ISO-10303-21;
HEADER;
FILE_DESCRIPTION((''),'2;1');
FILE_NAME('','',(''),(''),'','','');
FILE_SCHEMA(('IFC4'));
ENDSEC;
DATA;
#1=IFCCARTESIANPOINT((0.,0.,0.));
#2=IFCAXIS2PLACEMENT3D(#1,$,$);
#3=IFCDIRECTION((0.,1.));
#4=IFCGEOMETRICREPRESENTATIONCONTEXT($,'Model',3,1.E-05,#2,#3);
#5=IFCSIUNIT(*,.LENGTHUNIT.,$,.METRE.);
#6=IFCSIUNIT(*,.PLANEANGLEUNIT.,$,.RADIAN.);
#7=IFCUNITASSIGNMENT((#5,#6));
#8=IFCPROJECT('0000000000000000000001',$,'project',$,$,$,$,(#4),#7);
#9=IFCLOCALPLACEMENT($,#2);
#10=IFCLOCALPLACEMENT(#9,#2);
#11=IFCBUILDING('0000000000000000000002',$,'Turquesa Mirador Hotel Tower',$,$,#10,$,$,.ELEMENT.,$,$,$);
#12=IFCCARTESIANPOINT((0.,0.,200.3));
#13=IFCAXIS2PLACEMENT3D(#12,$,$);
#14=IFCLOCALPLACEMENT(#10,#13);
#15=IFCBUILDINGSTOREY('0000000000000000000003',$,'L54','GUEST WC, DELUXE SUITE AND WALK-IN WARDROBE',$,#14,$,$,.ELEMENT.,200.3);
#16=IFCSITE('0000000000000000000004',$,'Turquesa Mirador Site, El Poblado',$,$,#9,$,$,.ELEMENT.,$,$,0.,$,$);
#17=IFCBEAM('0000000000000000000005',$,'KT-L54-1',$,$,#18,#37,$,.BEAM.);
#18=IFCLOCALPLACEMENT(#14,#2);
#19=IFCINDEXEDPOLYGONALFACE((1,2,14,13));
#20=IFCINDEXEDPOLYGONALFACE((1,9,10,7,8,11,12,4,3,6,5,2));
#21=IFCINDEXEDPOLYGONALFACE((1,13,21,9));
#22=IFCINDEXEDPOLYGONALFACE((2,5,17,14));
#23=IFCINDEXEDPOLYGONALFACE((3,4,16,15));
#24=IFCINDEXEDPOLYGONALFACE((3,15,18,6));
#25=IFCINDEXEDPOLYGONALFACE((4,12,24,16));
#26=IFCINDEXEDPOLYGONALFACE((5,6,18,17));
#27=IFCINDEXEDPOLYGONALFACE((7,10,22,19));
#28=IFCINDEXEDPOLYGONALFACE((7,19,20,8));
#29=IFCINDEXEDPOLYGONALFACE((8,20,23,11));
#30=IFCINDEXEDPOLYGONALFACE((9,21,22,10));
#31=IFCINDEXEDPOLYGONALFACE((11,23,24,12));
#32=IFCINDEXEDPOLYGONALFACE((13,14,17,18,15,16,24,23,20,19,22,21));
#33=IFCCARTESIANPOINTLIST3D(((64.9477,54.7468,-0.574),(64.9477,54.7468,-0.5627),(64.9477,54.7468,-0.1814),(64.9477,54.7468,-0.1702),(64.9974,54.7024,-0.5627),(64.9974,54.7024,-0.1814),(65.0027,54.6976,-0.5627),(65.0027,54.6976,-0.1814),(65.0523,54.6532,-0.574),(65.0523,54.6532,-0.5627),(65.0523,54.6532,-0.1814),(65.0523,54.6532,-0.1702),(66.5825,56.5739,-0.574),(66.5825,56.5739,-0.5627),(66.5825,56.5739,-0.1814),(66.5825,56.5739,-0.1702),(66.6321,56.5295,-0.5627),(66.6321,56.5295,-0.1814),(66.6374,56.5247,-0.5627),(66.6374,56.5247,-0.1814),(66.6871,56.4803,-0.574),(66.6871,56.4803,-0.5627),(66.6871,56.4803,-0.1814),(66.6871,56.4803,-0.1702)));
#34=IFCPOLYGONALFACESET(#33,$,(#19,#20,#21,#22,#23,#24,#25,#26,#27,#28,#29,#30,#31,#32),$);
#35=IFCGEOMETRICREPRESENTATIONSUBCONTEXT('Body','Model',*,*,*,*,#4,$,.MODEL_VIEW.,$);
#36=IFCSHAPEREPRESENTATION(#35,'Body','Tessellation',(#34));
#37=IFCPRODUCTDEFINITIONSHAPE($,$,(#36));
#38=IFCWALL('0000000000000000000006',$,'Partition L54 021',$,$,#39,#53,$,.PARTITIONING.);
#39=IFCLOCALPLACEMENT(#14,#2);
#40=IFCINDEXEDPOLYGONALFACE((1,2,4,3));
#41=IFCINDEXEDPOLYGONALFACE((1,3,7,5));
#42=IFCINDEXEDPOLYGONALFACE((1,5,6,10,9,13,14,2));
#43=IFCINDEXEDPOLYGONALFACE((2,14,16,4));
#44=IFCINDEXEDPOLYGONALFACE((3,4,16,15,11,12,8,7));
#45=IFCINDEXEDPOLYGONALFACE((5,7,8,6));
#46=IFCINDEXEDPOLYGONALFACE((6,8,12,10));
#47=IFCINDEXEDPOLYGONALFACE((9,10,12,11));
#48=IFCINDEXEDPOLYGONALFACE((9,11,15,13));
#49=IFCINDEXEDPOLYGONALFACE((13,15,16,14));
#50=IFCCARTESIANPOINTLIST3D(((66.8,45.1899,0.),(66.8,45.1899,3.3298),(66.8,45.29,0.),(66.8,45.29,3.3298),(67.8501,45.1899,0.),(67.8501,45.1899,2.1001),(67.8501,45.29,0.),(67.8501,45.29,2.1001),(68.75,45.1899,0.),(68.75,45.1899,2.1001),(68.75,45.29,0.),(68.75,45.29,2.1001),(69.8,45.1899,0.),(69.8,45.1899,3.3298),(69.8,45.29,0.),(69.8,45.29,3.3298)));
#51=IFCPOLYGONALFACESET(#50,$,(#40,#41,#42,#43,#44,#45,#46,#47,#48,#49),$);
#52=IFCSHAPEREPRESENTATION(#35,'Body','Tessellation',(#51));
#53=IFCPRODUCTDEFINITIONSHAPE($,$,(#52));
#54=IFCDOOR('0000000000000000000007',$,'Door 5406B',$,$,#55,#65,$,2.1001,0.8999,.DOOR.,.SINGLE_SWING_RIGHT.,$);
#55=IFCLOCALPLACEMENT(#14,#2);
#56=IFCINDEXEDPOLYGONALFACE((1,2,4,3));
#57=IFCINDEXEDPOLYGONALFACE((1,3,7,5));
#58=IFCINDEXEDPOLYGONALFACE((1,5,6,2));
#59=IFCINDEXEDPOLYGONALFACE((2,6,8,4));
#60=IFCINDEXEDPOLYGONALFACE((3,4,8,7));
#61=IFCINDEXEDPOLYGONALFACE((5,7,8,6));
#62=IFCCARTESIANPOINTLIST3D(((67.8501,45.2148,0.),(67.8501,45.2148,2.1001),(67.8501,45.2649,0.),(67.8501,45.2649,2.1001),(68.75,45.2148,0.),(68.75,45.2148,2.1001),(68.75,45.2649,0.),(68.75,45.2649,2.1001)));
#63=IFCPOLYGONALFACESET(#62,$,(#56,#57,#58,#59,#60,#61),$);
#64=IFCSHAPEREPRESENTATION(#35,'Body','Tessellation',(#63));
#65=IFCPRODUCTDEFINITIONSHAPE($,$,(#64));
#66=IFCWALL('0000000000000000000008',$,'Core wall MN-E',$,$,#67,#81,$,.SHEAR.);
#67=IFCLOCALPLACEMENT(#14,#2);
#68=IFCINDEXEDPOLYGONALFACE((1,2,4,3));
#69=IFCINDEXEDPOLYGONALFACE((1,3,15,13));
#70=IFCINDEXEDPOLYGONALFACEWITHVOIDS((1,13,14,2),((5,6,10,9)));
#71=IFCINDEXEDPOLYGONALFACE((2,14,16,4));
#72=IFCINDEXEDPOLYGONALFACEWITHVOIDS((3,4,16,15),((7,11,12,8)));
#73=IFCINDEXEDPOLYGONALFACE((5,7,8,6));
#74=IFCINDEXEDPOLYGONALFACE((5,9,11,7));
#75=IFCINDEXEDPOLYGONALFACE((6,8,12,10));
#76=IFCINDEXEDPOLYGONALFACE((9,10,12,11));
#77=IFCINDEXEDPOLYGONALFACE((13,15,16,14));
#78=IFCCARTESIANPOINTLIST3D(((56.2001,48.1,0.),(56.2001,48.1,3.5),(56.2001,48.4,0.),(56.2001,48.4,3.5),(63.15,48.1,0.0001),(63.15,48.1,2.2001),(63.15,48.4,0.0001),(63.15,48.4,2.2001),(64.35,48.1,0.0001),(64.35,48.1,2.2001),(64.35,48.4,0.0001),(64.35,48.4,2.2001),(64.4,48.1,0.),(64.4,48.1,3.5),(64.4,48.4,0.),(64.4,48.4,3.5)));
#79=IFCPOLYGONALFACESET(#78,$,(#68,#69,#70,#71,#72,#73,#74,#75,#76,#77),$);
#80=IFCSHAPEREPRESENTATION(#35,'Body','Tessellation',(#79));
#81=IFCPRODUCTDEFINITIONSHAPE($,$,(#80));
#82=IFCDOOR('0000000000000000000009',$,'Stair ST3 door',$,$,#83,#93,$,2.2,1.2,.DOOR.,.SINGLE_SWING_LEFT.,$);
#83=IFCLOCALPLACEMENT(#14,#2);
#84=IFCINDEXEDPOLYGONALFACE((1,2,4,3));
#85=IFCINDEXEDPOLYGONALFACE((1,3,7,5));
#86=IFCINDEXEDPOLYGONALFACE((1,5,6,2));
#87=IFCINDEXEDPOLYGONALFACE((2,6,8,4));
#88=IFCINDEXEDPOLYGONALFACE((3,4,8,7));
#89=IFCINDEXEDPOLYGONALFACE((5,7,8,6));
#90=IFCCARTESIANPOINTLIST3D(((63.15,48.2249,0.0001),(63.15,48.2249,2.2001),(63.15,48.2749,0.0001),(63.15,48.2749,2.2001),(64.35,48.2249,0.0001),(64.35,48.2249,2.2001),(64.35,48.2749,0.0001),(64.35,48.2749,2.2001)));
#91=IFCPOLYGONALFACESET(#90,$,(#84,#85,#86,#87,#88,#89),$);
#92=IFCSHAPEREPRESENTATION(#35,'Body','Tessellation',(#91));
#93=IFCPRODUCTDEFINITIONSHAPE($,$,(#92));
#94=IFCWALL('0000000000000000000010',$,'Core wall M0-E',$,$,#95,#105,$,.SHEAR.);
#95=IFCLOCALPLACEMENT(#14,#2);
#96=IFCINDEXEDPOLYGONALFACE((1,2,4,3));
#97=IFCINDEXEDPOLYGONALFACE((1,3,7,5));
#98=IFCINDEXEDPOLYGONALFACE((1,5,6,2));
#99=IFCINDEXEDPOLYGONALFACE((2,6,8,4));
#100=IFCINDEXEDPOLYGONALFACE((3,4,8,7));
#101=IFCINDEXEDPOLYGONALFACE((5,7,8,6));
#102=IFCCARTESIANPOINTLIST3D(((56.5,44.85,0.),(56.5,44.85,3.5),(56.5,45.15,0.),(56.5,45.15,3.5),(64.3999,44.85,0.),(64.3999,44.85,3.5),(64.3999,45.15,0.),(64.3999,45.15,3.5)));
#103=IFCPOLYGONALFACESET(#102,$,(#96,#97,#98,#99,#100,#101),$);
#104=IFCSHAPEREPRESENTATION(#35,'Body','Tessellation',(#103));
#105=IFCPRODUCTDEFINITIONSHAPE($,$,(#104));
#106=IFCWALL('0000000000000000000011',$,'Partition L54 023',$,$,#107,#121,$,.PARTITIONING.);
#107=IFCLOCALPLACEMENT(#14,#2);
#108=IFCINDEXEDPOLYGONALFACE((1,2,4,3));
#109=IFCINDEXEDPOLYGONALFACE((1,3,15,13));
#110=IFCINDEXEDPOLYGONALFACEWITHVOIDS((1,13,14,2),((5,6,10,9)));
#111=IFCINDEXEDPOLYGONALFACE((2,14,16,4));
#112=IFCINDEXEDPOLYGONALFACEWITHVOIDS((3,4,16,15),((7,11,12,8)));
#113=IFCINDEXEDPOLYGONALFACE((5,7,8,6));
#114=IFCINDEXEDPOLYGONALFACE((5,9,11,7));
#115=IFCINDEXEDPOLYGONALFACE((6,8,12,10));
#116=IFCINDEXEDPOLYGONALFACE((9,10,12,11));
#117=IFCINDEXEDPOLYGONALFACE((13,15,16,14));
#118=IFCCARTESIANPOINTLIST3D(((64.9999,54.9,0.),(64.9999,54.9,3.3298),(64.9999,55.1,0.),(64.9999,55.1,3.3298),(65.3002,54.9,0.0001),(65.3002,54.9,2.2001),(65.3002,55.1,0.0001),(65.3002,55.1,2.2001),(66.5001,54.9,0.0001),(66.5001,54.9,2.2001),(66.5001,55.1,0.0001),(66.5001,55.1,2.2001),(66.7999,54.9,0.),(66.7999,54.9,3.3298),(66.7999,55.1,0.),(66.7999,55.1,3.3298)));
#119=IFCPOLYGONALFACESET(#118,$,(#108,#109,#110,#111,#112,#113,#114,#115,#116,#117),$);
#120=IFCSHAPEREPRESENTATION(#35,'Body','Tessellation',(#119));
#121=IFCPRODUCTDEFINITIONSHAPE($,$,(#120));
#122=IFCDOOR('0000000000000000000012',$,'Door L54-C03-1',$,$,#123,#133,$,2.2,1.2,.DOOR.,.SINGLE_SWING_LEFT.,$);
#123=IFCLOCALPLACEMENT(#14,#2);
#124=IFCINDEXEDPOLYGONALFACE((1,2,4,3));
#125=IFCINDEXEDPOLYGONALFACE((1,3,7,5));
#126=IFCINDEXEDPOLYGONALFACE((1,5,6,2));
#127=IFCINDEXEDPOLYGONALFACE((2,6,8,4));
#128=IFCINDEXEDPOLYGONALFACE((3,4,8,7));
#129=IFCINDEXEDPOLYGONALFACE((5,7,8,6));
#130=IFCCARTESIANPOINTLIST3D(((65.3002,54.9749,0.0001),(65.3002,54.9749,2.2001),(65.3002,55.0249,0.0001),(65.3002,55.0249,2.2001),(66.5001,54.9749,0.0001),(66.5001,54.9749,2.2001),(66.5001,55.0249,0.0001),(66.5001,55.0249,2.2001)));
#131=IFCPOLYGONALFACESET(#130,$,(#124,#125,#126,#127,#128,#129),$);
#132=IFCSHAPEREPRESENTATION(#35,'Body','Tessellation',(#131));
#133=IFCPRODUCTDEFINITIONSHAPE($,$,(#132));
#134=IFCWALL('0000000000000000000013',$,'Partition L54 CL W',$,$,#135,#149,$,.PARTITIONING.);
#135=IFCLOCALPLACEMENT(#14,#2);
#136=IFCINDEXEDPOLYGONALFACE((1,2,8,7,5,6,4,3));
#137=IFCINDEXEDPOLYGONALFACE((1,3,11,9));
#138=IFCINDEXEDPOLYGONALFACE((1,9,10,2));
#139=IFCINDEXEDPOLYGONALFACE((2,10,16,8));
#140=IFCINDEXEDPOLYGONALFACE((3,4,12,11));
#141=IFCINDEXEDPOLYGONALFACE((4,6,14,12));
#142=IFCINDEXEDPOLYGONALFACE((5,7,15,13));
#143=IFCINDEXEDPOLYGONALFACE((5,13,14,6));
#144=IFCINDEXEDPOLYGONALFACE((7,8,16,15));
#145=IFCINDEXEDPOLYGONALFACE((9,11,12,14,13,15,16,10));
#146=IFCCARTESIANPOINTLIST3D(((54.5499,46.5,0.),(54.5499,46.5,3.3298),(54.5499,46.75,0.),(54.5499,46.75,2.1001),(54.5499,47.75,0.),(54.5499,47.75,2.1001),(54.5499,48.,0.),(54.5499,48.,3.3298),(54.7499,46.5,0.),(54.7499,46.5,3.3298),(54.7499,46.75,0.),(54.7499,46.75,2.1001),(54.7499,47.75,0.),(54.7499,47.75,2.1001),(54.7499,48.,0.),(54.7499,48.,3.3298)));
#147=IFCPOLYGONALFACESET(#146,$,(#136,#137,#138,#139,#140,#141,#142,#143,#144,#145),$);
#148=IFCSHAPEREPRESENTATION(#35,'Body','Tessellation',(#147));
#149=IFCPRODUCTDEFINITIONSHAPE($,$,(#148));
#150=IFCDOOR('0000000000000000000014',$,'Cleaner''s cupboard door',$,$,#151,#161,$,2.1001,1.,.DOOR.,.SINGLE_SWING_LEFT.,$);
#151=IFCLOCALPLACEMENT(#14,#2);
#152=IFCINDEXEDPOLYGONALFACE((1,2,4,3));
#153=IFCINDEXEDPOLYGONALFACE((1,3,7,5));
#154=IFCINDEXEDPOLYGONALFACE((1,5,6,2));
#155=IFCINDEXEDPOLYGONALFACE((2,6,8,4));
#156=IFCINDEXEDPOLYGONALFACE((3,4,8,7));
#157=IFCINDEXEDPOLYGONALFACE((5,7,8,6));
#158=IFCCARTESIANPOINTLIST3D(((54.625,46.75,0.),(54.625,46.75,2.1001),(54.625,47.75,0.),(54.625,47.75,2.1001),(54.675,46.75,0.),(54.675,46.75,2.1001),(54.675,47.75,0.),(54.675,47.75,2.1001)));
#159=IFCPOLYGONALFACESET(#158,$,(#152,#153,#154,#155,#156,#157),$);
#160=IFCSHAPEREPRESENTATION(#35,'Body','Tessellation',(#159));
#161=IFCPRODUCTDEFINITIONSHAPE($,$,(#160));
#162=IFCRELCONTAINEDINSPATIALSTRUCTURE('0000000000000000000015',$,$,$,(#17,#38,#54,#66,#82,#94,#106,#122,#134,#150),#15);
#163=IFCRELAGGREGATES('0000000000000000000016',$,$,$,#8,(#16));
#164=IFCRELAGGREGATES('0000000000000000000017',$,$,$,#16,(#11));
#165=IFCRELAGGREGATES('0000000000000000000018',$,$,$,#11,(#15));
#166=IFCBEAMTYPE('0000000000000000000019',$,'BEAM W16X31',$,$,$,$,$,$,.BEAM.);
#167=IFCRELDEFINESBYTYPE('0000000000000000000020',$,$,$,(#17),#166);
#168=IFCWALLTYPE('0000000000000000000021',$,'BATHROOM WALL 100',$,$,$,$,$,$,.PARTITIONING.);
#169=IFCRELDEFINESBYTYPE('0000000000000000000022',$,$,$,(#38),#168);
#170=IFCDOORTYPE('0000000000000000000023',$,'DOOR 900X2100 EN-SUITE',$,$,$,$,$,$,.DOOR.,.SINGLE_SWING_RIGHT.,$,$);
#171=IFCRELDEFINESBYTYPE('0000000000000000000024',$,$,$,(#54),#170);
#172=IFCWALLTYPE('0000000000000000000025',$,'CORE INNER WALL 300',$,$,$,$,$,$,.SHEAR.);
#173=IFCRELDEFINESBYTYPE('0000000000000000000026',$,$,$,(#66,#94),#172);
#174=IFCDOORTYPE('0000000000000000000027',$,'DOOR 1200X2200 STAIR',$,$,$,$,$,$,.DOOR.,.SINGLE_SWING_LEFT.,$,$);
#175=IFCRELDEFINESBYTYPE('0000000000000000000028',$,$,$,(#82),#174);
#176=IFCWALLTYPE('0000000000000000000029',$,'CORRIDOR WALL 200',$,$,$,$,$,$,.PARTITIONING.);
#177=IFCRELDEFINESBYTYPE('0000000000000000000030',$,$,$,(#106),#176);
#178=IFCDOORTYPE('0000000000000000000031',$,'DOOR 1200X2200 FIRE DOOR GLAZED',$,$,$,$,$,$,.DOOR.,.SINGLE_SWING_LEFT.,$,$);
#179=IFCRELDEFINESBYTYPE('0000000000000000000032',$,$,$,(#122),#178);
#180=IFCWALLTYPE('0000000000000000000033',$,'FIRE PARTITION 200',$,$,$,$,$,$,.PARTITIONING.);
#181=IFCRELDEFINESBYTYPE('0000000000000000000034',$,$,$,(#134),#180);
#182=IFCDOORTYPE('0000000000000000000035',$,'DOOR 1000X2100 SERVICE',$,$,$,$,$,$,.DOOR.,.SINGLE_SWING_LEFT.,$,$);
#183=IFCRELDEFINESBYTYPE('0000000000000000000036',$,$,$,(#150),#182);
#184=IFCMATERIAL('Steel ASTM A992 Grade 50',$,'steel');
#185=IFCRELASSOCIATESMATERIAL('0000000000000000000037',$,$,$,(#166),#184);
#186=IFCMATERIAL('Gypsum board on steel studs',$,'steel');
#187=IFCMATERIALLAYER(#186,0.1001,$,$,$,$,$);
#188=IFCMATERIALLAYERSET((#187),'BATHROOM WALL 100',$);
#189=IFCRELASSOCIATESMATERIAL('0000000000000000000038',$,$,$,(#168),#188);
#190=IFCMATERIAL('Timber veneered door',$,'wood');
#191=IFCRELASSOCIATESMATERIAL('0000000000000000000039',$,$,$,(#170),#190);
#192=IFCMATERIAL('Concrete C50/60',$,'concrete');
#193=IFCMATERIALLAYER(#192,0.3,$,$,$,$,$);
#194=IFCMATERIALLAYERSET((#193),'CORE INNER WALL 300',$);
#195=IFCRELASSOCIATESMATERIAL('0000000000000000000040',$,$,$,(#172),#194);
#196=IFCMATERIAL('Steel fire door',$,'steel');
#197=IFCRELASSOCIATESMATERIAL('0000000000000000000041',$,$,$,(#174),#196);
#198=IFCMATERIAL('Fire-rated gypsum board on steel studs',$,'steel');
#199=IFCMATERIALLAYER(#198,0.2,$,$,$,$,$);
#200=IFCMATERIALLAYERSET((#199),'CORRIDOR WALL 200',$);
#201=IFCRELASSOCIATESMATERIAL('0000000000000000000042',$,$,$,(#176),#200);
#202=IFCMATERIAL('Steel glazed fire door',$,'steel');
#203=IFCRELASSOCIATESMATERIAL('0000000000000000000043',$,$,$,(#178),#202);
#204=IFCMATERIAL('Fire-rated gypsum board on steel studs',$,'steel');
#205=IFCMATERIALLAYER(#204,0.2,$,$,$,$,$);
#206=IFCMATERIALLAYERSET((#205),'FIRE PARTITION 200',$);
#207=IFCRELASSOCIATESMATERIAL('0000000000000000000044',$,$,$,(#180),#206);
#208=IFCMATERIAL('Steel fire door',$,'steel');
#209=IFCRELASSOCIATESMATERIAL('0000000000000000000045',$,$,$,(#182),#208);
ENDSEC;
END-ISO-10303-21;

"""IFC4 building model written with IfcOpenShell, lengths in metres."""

from ifc_helpers import new_model, si_unit, direction, frame, frame_2d, origin, origin_2d, place, context, subcontext, project, spatial, rectangle, i_section, extrude, material, layer, layer_set, material_profile, profile_set, type_object, element, fill, save


model = new_model("IFC4")

# Units and contexts
model_context = context("Model", 3, precision=1e-05, world=origin(), true_north=direction((0.0, 1.0)))
body_context = subcontext(model_context, "Body", "Model", "MODEL_VIEW")
ifc_project = project(units=[si_unit("LENGTHUNIT", "METRE"), si_unit("PLANEANGLEUNIT", "RADIAN")], contexts=[model_context])

# Site, building, storey
site_placement = place(None, origin())
site = spatial("IfcSite", under=ifc_project, at=site_placement, Name="Turquesa Mirador Site, El Poblado", CompositionType="ELEMENT", RefElevation=0.0)
building_placement = place(site_placement, origin())
building = spatial("IfcBuilding", under=site, at=building_placement, Name="Turquesa Mirador Hotel Tower", CompositionType="ELEMENT")
storey_placement = place(building_placement, frame((0.0, 0.0, 200.3)))
storey = spatial("IfcBuildingStorey", under=building, at=storey_placement, Name="L54", Description="GUEST WC, DELUXE SUITE AND WALK-IN WARDROBE", CompositionType="ELEMENT", Elevation=200.3)

# Beam
ifc_material_1 = material(Name="Steel ASTM A992 Grade 50", Category="steel")
ifc_material_profile = material_profile(ifc_material_1, i_section(OverallWidth=0.1404, OverallDepth=0.4038, WebThickness=0.0071, FlangeThickness=0.0112, at=origin_2d()), Name="W16X31")
ifc_profile_set = profile_set([ifc_material_profile], Name="Steel ASTM A992 Grade 50")
beam_type = type_object("IfcBeamType", Name="BEAM W16X31", PredefinedType="BEAM", material=ifc_profile_set)
beam_placement = place(storey_placement, frame((66.6348, 56.5271, -0.3721), z_axis=(-0.666783, -0.745252, 0.0), x_axis=(0.745252, -0.666783, 0.0)))
element("IfcBeam", 1, at=beam_placement, inside=storey, type_object=beam_type, Name="KT-L54-1", PredefinedType="BEAM", context=body_context, shape_type="SweptSolid", body=[
    extrude(i_section(OverallWidth=0.1404, OverallDepth=0.4038, WebThickness=0.0071, FlangeThickness=0.0112, at=origin_2d()), origin(), (0.0, 0.0, 1.0), 2.4517),
])

# Walls, openings, doors
ifc_material_2 = material(Name="Gypsum board on steel studs", Category="steel")
ifc_layer_1 = layer(ifc_material_2, 0.1001)
ifc_layer_set_1 = layer_set([ifc_layer_1], Name="BATHROOM WALL 100")
wall_type_1 = type_object("IfcWallType", Name="BATHROOM WALL 100", PredefinedType="PARTITIONING", material=ifc_layer_set_1)
wall_1_placement = place(storey_placement, frame((66.8, 45.24, 0.0), z_axis=(0.0, 0.0, 1.0), x_axis=(1.0, 0.0, 0.0)))
wall_1 = element("IfcWall", 2, at=wall_1_placement, inside=storey, type_object=wall_type_1, Name="Partition L54 021", PredefinedType="PARTITIONING", context=body_context, shape_type="SweptSolid", body=[
    extrude(rectangle(XDim=3.0, YDim=0.1001, at=frame_2d((1.5, 0.0))), origin(), (0.0, 0.0, 1.0), 3.3298),
])
opening_1_placement = place(wall_1_placement, frame((1.05, 0.0, 0.0)))
opening_1 = element("IfcOpeningElement", 3, at=opening_1_placement, cuts=wall_1, PredefinedType="OPENING", context=body_context, shape_type="SweptSolid", body=[
    extrude(rectangle(XDim=0.8999, YDim=2.1001, at=frame_2d((0.45, 1.05))), frame((0.0, 0.0601, 0.0), z_axis=(0.0, -1.0, 0.0), x_axis=(1.0, 0.0, 0.0)), (0.0, 0.0, 1.0), 0.1201),
])
ifc_material_3 = material(Name="Timber veneered door", Category="wood")
door_type_1 = type_object("IfcDoorType", Name="DOOR 900X2100 EN-SUITE", OperationType="SINGLE_SWING_RIGHT", PredefinedType="DOOR", material=ifc_material_3)
door_1_placement = place(opening_1_placement, origin())
door_1 = element("IfcDoor", 4, at=door_1_placement, inside=storey, type_object=door_type_1, Name="Door 5406B", OperationType="SINGLE_SWING_RIGHT", OverallHeight=2.1001, OverallWidth=0.8999, PredefinedType="DOOR", context=body_context, shape_type="SweptSolid", body=[
    extrude(rectangle(XDim=0.8999, YDim=2.1001, at=frame_2d((0.45, 1.05))), frame((0.0, 0.0249, 0.0), z_axis=(0.0, -1.0, 0.0), x_axis=(1.0, 0.0, 0.0)), (0.0, 0.0, 1.0), 0.05),
])
fill(opening_1, door_1)
ifc_material_4 = material(Name="Concrete C50/60", Category="concrete")
ifc_layer_2 = layer(ifc_material_4, 0.3)
ifc_layer_set_2 = layer_set([ifc_layer_2], Name="CORE INNER WALL 300")
wall_type_2 = type_object("IfcWallType", Name="CORE INNER WALL 300", PredefinedType="SHEAR", material=ifc_layer_set_2)
wall_2_placement = place(storey_placement, frame((56.2, 48.25, 0.0), z_axis=(0.0, 0.0, 1.0), x_axis=(1.0, 0.0, 0.0)))
wall_2 = element("IfcWall", 5, at=wall_2_placement, inside=storey, type_object=wall_type_2, Name="Core wall MN-E", PredefinedType="SHEAR", context=body_context, shape_type="SweptSolid", body=[
    extrude(rectangle(XDim=8.2, YDim=0.3, at=frame_2d((4.1001, 0.0))), origin(), (0.0, 0.0, 1.0), 3.5),
])
opening_2_placement = place(wall_2_placement, frame((6.95, 0.0, 0.0)))
opening_2 = element("IfcOpeningElement", 6, at=opening_2_placement, cuts=wall_2, PredefinedType="OPENING", context=body_context, shape_type="SweptSolid", body=[
    extrude(rectangle(XDim=1.2, YDim=2.2, at=frame_2d((0.6001, 1.1001))), frame((0.0, 0.1599, 0.0), z_axis=(0.0, -1.0, 0.0), x_axis=(1.0, 0.0, 0.0)), (0.0, 0.0, 1.0), 0.3201),
])
ifc_material_5 = material(Name="Steel fire door", Category="steel")
door_type_2 = type_object("IfcDoorType", Name="DOOR 1200X2200 STAIR", OperationType="SINGLE_SWING_LEFT", PredefinedType="DOOR", material=ifc_material_5)
door_2_placement = place(opening_2_placement, origin())
door_2 = element("IfcDoor", 7, at=door_2_placement, inside=storey, type_object=door_type_2, Name="Stair ST3 door", OperationType="SINGLE_SWING_LEFT", OverallHeight=2.2, OverallWidth=1.2, PredefinedType="DOOR", context=body_context, shape_type="SweptSolid", body=[
    extrude(rectangle(XDim=1.2, YDim=2.2, at=frame_2d((0.6001, 1.1001))), frame((0.0, 0.0249, 0.0), z_axis=(0.0, -1.0, 0.0), x_axis=(1.0, 0.0, 0.0)), (0.0, 0.0, 1.0), 0.05),
])
fill(opening_2, door_2)

# Wall
wall_3_placement = place(storey_placement, frame((56.5, 45.0, 0.0), z_axis=(0.0, 0.0, 1.0), x_axis=(1.0, 0.0, 0.0)))
element("IfcWall", 8, at=wall_3_placement, inside=storey, type_object=wall_type_2, Name="Core wall M0-E", PredefinedType="SHEAR", context=body_context, shape_type="SweptSolid", body=[
    extrude(rectangle(XDim=7.8999, YDim=0.3, at=frame_2d((3.95, 0.0))), origin(), (0.0, 0.0, 1.0), 3.5),
])

# Walls, openings, doors
ifc_material_6 = material(Name="Fire-rated gypsum board on steel studs", Category="steel")
ifc_layer_3 = layer(ifc_material_6, 0.2)
ifc_layer_set_3 = layer_set([ifc_layer_3], Name="CORRIDOR WALL 200")
wall_type_3 = type_object("IfcWallType", Name="CORRIDOR WALL 200", PredefinedType="PARTITIONING", material=ifc_layer_set_3)
wall_4_placement = place(storey_placement, frame((65.0, 55.0, 0.0), z_axis=(0.0, 0.0, 1.0), x_axis=(1.0, 0.0, 0.0)))
wall_4 = element("IfcWall", 9, at=wall_4_placement, inside=storey, type_object=wall_type_3, Name="Partition L54 023", PredefinedType="PARTITIONING", context=body_context, shape_type="SweptSolid", body=[
    extrude(rectangle(XDim=1.8, YDim=0.2, at=frame_2d((0.8999, 0.0))), origin(), (0.0, 0.0, 1.0), 3.3298),
])
opening_3_placement = place(wall_4_placement, frame((0.3, 0.0, 0.0)))
opening_3 = element("IfcOpeningElement", 10, at=opening_3_placement, cuts=wall_4, PredefinedType="OPENING", context=body_context, shape_type="SweptSolid", body=[
    extrude(rectangle(XDim=1.2, YDim=2.2, at=frame_2d((0.6001, 1.1001))), frame((0.0, 0.1099, 0.0), z_axis=(0.0, -1.0, 0.0), x_axis=(1.0, 0.0, 0.0)), (0.0, 0.0, 1.0), 0.22),
])
ifc_material_7 = material(Name="Steel glazed fire door", Category="steel")
door_type_3 = type_object("IfcDoorType", Name="DOOR 1200X2200 FIRE DOOR GLAZED", OperationType="SINGLE_SWING_LEFT", PredefinedType="DOOR", material=ifc_material_7)
door_3_placement = place(opening_3_placement, origin())
door_3 = element("IfcDoor", 11, at=door_3_placement, inside=storey, type_object=door_type_3, Name="Door L54-C03-1", OperationType="SINGLE_SWING_LEFT", OverallHeight=2.2, OverallWidth=1.2, PredefinedType="DOOR", context=body_context, shape_type="SweptSolid", body=[
    extrude(rectangle(XDim=1.2, YDim=2.2, at=frame_2d((0.6001, 1.1001))), frame((0.0, 0.0249, 0.0), z_axis=(0.0, -1.0, 0.0), x_axis=(1.0, 0.0, 0.0)), (0.0, 0.0, 1.0), 0.05),
])
fill(opening_3, door_3)
ifc_material_8 = material(Name="Fire-rated gypsum board on steel studs", Category="steel")
ifc_layer_4 = layer(ifc_material_8, 0.2)
ifc_layer_set_4 = layer_set([ifc_layer_4], Name="FIRE PARTITION 200")
wall_type_4 = type_object("IfcWallType", Name="FIRE PARTITION 200", PredefinedType="PARTITIONING", material=ifc_layer_set_4)
wall_5_placement = place(storey_placement, frame((54.6499, 46.5, 0.0), z_axis=(0.0, 0.0, 1.0), x_axis=(0.0, 1.0, 0.0)))
wall_5 = element("IfcWall", 12, at=wall_5_placement, inside=storey, type_object=wall_type_4, Name="Partition L54 CL W", PredefinedType="PARTITIONING", context=body_context, shape_type="SweptSolid", body=[
    extrude(rectangle(XDim=1.5, YDim=0.2, at=frame_2d((0.75, 0.0))), origin(), (0.0, 0.0, 1.0), 3.3298),
])
opening_4_placement = place(wall_5_placement, frame((0.25, 0.0, 0.0)))
opening_4 = element("IfcOpeningElement", 13, at=opening_4_placement, cuts=wall_5, PredefinedType="OPENING", context=body_context, shape_type="SweptSolid", body=[
    extrude(rectangle(XDim=1.0, YDim=2.1001, at=frame_2d((0.5, 1.05))), frame((0.0, 0.1099, 0.0), z_axis=(0.0, -1.0, 0.0), x_axis=(1.0, 0.0, 0.0)), (0.0, 0.0, 1.0), 0.22),
])
ifc_material_9 = material(Name="Steel fire door", Category="steel")
door_type_4 = type_object("IfcDoorType", Name="DOOR 1000X2100 SERVICE", OperationType="SINGLE_SWING_LEFT", PredefinedType="DOOR", material=ifc_material_9)
door_4_placement = place(opening_4_placement, origin())
door_4 = element("IfcDoor", 14, at=door_4_placement, inside=storey, type_object=door_type_4, Name="Cleaner's cupboard door", OperationType="SINGLE_SWING_LEFT", OverallHeight=2.1001, OverallWidth=1.0, PredefinedType="DOOR", context=body_context, shape_type="SweptSolid", body=[
    extrude(rectangle(XDim=1.0, YDim=2.1001, at=frame_2d((0.5, 1.05))), frame((0.0, 0.0249, 0.0), z_axis=(0.0, -1.0, 0.0), x_axis=(1.0, 0.0, 0.0)), (0.0, 0.0, 1.0), 0.05),
])
fill(opening_4, door_4)

save(model, "model.ifc")
